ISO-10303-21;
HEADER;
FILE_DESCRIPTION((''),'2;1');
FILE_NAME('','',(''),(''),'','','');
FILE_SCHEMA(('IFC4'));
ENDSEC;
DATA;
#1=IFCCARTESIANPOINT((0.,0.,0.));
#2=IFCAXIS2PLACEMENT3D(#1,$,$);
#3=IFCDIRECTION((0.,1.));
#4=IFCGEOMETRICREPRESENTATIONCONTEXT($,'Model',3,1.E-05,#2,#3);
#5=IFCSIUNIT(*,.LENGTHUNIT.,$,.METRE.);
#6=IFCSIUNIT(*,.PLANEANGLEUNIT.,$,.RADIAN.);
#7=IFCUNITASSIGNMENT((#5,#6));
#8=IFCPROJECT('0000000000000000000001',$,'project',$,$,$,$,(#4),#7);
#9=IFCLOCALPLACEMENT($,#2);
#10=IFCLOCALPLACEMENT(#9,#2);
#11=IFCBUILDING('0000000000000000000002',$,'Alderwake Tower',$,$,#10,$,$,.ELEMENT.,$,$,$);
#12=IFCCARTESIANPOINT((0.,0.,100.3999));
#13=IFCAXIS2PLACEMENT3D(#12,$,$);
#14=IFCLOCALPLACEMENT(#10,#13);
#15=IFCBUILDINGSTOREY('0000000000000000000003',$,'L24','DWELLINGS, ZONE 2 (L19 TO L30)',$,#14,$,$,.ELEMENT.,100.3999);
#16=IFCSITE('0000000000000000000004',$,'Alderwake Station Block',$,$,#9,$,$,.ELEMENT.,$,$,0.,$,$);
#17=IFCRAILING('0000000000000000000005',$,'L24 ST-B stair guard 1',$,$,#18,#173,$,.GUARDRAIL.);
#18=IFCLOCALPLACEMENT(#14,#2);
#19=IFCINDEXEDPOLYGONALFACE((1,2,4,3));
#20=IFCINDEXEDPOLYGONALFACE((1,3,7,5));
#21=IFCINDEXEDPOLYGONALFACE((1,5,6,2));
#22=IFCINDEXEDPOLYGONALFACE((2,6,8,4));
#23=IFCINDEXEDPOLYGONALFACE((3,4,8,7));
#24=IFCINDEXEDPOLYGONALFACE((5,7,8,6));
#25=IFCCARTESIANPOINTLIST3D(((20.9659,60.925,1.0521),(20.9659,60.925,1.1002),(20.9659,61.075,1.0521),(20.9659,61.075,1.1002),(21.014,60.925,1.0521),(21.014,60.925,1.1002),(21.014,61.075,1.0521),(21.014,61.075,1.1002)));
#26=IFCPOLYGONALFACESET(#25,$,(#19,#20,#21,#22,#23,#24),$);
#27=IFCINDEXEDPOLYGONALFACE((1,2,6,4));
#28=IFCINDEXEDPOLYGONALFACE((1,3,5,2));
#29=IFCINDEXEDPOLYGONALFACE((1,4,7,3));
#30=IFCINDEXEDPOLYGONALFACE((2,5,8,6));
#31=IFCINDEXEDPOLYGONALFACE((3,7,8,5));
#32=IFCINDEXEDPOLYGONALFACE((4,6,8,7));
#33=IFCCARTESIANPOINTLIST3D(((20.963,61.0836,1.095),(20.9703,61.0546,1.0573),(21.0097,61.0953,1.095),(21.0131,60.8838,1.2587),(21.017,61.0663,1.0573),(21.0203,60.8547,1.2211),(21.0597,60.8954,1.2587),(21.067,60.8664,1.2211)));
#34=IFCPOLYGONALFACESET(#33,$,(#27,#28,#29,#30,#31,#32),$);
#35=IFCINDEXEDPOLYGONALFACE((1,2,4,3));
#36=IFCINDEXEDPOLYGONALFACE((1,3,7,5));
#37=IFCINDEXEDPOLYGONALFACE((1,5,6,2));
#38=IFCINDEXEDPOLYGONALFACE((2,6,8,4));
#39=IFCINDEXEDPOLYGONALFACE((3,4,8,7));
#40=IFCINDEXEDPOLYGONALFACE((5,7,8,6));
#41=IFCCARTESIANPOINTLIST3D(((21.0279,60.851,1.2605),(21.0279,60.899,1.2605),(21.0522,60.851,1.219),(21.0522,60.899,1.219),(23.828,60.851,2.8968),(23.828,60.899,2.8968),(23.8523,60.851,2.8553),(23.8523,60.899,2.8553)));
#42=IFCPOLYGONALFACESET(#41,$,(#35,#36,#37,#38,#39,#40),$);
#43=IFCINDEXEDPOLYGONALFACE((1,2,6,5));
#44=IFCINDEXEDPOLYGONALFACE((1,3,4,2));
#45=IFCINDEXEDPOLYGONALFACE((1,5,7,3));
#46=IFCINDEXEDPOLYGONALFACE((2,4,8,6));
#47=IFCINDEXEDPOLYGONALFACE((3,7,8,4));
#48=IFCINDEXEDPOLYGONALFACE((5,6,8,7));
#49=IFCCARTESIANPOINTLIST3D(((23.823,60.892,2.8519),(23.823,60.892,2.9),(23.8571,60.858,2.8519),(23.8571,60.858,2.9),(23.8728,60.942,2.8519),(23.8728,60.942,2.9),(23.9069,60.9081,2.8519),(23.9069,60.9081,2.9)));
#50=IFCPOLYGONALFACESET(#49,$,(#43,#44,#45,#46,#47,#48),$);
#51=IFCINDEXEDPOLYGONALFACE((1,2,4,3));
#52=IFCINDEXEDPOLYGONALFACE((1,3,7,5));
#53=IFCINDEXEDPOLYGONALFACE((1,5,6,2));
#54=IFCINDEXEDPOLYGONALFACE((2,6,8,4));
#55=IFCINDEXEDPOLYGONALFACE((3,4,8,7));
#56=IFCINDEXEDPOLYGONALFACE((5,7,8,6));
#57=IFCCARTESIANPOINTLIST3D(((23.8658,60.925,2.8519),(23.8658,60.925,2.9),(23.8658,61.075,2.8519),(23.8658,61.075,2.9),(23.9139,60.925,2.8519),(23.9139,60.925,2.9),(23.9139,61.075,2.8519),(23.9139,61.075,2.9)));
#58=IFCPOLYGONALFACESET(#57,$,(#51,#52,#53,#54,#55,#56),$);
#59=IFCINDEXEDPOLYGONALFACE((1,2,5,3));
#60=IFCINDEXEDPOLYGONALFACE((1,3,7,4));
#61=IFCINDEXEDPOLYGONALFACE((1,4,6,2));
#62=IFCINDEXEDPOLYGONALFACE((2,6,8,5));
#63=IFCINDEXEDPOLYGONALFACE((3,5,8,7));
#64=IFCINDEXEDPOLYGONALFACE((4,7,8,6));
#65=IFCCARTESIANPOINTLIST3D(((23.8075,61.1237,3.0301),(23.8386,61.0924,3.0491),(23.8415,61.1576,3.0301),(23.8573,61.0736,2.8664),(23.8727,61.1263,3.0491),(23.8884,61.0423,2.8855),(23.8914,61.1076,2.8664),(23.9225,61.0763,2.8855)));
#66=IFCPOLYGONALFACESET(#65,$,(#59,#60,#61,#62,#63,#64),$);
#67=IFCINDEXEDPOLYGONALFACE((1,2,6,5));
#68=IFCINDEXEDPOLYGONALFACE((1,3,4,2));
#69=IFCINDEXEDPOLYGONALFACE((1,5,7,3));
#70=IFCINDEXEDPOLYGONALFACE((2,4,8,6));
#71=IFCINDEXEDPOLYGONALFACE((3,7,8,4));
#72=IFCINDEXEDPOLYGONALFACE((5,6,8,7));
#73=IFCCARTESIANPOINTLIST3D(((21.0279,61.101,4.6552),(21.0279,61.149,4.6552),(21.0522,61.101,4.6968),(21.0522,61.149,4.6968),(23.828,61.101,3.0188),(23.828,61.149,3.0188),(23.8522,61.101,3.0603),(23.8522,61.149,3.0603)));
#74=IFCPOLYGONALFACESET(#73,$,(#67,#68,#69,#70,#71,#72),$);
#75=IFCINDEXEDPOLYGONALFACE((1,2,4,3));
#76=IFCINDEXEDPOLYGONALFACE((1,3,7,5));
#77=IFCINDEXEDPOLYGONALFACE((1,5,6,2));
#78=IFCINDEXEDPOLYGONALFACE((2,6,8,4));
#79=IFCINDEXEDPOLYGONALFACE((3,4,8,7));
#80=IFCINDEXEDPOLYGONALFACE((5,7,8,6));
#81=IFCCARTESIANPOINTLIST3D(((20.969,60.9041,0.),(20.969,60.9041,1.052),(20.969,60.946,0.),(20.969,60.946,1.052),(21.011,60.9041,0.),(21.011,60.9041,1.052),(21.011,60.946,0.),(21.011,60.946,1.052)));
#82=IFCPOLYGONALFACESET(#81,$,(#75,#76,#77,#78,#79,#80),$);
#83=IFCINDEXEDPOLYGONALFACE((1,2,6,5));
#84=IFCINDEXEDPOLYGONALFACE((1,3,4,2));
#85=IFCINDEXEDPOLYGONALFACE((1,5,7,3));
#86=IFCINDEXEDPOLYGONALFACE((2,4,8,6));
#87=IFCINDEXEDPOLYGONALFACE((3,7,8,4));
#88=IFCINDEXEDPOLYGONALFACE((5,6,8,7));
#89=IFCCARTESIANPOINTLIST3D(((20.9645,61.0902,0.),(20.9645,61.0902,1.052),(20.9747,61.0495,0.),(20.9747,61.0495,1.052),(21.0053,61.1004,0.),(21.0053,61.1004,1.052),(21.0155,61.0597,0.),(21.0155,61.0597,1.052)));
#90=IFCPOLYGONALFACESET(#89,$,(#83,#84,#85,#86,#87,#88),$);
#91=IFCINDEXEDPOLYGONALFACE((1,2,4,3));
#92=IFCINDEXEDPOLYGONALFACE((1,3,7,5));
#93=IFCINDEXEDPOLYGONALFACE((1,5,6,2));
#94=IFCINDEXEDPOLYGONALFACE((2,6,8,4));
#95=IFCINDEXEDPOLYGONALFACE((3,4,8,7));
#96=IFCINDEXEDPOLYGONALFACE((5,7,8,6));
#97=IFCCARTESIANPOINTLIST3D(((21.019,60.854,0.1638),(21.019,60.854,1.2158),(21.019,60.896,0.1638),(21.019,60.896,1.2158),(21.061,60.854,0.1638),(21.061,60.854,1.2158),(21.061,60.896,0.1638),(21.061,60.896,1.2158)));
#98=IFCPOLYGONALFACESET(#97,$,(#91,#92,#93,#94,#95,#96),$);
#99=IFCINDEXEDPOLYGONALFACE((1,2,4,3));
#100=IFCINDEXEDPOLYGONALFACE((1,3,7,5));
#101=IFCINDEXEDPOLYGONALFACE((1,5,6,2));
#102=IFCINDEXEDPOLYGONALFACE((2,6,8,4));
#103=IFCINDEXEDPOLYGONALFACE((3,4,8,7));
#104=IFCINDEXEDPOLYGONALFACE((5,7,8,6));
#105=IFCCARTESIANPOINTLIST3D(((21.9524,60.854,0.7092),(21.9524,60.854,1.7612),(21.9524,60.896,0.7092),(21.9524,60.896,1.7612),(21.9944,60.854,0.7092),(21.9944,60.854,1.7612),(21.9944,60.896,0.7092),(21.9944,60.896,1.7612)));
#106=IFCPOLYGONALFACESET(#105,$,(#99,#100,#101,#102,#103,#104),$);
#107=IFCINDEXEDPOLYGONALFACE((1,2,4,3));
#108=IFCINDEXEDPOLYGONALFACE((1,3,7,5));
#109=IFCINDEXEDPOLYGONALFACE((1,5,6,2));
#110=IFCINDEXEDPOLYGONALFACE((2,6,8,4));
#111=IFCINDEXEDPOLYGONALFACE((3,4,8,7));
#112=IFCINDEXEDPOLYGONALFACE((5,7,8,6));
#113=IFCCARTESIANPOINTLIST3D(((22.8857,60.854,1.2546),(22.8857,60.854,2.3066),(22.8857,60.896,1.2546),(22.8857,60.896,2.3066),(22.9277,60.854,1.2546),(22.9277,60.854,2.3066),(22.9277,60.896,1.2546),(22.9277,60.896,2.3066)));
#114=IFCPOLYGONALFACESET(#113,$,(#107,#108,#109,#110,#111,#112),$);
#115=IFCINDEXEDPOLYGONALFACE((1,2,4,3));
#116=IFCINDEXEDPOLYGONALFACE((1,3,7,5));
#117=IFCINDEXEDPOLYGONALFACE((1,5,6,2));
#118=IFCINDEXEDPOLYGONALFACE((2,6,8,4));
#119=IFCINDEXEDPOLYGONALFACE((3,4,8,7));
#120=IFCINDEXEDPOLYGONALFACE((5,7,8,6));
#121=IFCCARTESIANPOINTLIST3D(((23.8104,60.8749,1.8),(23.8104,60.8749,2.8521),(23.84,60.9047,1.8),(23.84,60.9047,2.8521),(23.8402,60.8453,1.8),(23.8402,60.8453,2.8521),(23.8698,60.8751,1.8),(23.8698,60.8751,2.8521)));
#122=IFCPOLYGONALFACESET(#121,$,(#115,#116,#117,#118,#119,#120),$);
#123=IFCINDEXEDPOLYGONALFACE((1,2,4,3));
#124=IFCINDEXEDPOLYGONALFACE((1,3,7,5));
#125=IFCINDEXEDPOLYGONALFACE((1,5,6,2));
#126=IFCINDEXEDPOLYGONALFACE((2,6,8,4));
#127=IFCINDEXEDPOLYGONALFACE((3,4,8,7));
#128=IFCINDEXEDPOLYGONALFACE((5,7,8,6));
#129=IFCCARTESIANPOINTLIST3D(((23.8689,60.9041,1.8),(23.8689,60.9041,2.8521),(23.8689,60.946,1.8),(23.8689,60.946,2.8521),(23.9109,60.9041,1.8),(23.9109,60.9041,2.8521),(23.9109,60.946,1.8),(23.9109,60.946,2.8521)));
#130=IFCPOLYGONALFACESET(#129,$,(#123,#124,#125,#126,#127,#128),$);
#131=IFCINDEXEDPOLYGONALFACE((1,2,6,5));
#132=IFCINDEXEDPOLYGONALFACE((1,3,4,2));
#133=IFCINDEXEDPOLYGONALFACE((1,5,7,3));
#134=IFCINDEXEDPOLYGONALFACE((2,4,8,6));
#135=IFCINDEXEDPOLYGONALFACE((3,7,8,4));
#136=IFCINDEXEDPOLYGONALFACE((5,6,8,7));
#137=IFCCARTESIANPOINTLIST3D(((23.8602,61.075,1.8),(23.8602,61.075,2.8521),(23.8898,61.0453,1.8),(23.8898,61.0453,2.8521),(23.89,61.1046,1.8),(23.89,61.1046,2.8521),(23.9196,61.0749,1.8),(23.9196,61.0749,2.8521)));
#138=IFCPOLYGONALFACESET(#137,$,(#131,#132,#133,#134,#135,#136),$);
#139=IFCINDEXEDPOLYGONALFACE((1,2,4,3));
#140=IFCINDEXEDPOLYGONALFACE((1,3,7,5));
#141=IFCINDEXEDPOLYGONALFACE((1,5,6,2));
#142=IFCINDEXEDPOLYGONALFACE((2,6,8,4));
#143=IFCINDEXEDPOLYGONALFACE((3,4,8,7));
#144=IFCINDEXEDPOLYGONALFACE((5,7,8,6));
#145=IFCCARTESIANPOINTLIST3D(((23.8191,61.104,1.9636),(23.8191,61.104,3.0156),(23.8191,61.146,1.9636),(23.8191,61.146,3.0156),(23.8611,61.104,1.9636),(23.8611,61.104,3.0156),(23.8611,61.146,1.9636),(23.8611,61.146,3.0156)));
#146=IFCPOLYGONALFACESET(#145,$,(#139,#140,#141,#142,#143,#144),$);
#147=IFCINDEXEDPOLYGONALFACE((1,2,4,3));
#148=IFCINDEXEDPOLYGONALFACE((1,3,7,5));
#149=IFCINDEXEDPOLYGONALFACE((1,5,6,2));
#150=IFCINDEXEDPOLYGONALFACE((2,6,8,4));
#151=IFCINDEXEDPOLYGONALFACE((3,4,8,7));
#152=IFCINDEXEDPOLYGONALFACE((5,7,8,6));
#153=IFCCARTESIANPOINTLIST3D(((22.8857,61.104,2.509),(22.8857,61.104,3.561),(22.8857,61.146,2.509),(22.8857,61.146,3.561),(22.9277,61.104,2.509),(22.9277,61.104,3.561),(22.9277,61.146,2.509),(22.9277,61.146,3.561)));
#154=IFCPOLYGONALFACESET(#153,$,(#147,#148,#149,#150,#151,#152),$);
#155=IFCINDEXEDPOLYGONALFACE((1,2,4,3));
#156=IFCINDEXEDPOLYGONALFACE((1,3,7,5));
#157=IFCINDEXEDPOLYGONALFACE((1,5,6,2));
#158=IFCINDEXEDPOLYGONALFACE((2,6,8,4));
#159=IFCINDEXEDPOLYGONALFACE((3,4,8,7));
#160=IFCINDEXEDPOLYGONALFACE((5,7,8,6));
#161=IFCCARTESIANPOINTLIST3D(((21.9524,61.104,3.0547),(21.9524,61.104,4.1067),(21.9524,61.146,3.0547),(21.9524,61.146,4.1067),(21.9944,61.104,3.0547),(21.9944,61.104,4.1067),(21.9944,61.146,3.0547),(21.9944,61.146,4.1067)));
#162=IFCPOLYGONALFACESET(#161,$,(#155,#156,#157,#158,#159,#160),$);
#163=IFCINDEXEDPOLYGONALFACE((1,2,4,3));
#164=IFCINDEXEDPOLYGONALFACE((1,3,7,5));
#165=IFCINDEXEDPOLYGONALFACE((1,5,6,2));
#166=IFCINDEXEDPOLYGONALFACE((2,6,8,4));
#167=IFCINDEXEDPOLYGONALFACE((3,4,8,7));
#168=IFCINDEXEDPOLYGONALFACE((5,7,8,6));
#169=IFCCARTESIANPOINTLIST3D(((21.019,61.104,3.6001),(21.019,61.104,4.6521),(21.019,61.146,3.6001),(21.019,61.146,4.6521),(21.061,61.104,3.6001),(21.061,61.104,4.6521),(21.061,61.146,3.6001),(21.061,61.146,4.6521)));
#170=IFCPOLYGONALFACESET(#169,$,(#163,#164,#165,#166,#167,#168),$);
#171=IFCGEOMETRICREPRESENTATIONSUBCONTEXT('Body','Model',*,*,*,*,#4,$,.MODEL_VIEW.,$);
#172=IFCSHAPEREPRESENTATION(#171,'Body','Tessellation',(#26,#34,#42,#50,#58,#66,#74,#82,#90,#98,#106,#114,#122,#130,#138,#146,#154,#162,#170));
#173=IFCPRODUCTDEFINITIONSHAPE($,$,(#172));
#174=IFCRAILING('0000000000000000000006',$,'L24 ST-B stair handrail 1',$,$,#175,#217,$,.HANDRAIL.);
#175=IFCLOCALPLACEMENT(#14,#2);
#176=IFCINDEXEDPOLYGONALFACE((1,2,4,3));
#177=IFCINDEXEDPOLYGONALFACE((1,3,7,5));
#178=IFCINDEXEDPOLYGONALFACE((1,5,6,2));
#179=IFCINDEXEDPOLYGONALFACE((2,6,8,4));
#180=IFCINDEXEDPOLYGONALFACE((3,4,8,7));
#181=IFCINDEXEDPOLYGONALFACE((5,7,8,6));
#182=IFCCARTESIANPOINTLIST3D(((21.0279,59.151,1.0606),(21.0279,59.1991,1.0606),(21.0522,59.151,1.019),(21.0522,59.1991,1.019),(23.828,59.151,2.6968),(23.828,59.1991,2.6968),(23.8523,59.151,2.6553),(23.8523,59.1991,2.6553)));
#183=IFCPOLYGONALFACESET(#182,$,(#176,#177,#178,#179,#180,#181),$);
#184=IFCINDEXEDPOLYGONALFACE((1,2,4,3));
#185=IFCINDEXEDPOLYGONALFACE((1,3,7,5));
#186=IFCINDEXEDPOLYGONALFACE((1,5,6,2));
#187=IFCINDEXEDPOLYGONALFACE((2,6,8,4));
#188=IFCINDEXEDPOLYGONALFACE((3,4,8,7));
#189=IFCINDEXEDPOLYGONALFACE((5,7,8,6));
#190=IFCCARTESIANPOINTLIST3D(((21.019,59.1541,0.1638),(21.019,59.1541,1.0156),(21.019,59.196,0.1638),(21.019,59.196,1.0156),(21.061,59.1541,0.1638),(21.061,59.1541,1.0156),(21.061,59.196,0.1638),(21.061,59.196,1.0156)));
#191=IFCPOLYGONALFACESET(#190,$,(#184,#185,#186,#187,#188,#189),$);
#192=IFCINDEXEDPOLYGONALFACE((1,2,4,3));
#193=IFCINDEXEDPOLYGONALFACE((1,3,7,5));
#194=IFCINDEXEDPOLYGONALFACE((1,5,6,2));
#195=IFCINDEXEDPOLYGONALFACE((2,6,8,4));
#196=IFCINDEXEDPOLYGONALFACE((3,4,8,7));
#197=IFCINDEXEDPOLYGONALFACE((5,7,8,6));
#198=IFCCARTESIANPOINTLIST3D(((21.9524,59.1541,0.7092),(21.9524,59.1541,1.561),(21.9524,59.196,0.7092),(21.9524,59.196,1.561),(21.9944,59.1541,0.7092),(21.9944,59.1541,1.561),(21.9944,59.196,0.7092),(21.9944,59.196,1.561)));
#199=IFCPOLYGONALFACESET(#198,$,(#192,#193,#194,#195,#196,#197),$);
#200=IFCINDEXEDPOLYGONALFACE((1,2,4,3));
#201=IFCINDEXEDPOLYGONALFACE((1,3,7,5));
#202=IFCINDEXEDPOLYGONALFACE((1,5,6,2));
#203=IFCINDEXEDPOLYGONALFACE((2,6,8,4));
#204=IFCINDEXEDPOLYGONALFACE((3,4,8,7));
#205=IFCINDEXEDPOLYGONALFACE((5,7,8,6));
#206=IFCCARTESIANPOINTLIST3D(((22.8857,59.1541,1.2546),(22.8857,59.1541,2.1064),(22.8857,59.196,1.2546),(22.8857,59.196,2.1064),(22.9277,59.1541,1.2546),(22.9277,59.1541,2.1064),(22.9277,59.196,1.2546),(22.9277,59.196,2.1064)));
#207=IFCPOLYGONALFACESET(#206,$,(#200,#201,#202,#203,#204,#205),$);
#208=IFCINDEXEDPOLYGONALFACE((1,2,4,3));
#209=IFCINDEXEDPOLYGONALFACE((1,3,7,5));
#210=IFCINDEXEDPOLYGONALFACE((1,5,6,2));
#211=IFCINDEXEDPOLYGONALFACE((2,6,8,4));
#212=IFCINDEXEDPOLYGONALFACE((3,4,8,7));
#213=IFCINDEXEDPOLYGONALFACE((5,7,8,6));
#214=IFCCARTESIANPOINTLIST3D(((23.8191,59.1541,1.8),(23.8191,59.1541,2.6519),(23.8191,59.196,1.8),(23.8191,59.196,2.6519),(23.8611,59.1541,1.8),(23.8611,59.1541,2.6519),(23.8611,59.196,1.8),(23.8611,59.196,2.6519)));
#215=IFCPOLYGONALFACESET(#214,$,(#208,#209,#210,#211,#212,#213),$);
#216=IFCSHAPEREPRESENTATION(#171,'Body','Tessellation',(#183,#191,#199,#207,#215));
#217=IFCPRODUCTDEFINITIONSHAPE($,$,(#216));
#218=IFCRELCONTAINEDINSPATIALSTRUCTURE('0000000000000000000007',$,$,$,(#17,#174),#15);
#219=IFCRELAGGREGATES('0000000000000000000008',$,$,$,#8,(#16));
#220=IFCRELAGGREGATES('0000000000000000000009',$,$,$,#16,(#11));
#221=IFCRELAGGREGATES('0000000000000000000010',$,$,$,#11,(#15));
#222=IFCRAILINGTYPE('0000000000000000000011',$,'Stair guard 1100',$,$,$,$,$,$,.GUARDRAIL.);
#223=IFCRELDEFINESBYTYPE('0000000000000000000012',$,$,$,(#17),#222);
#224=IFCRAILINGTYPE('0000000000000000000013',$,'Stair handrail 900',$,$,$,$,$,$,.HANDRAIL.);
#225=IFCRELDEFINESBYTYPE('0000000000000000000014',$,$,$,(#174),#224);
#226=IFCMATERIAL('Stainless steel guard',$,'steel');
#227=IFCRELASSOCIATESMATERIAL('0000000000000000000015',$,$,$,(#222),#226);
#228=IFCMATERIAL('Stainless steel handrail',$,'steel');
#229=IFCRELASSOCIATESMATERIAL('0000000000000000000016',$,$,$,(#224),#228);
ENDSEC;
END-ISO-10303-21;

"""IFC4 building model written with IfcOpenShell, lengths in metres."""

from ifc_helpers import new_model, si_unit, direction, frame, origin, origin_with_axes, origin_2d, place, context, subcontext, project, spatial, rectangle, extrude, material, type_object, element, save


model = new_model("IFC4")

# Units and contexts
model_context = context("Model", 3, precision=1e-05, world=origin(), true_north=direction((0.0, 1.0)))
body_context = subcontext(model_context, "Body", "Model", "MODEL_VIEW")
ifc_project = project(units=[si_unit("LENGTHUNIT", "METRE"), si_unit("PLANEANGLEUNIT", "RADIAN")], contexts=[model_context])

# Site, building, storey
site_placement = place(None, origin())
site = spatial("IfcSite", under=ifc_project, at=site_placement, Name="Alderwake Station Block", CompositionType="ELEMENT", RefElevation=0.0)
building_placement = place(site_placement, origin())
building = spatial("IfcBuilding", under=site, at=building_placement, Name="Alderwake Tower", CompositionType="ELEMENT")
storey_placement = place(building_placement, frame((0.0, 0.0, 100.3999)))
storey = spatial("IfcBuildingStorey", under=building, at=storey_placement, Name="L24", Description="DWELLINGS, ZONE 2 (L19 TO L30)", CompositionType="ELEMENT", Elevation=100.3999)

# Railings
ifc_material_1 = material(Name="Stainless steel guard", Category="steel")
railing_type_1 = type_object("IfcRailingType", Name="Stair guard 1100", PredefinedType="GUARDRAIL", material=ifc_material_1)
railing_1_placement = place(storey_placement, frame((20.99, 60.925, 0.0)))
element("IfcRailing", 1, at=railing_1_placement, inside=storey, type_object=railing_type_1, Name="L24 ST-B stair guard 1", PredefinedType="GUARDRAIL", context=body_context, shape_type="SweptSolid", body=[
    extrude(rectangle(XDim=0.0481, YDim=0.0481, at=origin_2d()), frame((0.0, 0.0, 1.0762), z_axis=(0.0, 1.0, 0.0), x_axis=(-1.0, 0.0, 0.0)), (0.0, 0.0, 1.0), 0.1499),
    extrude(rectangle(XDim=0.0481, YDim=0.0481, at=origin_2d()), frame((0.0, 0.1499, 1.0762), z_axis=(0.19009, -0.759432, 0.622197), x_axis=(0.970073, 0.242814, 0.0)), (0.0, 0.0, 1.0), 0.2632),
    extrude(rectangle(XDim=0.0481, YDim=0.0481, at=origin_2d()), frame((0.05, -0.05, 1.2397), z_axis=(0.863394, 0.0, 0.504531), x_axis=(0.0, 1.0, 0.0)), (0.0, 0.0, 1.0), 3.2432),
    extrude(rectangle(XDim=0.0481, YDim=0.0481, at=origin_2d()), frame((2.8501, -0.05, 2.876), z_axis=(0.705376, 0.708834, 0.0), x_axis=(-0.708834, 0.705376, 0.0)), (0.0, 0.0, 1.0), 0.0706),
    extrude(rectangle(XDim=0.0481, YDim=0.0481, at=origin_2d()), frame((2.8999, 0.0, 2.876), z_axis=(0.0, 1.0, 0.0), x_axis=(-1.0, 0.0, 0.0)), (0.0, 0.0, 1.0), 0.1499),
    extrude(rectangle(XDim=0.0481, YDim=0.0481, at=origin_2d()), frame((2.8999, 0.1499, 2.876), z_axis=(-0.279546, 0.280917, 0.918118), x_axis=(-0.708834, -0.705376, 0.0)), (0.0, 0.0, 1.0), 0.1782),
    extrude(rectangle(XDim=0.0481, YDim=0.0481, at=origin_2d()), frame((2.8501, 0.2, 3.0396), z_axis=(-0.863361, 0.0, 0.504587), x_axis=(0.0, -1.0, 0.0)), (0.0, 0.0, 1.0), 3.2432),
    extrude(rectangle(XDim=0.042, YDim=0.042, at=origin_2d()), frame((0.0, 0.0, 0.0), z_axis=(0.0, 0.0, 1.0), x_axis=(0.0, 1.0, 0.0)), (0.0, 0.0, 1.0), 1.052),
    extrude(rectangle(XDim=0.042, YDim=0.042, at=origin_2d()), frame((0.0, 0.1499, 0.0), z_axis=(0.0, 0.0, 1.0), x_axis=(0.242814, -0.970073, 0.0)), (0.0, 0.0, 1.0), 1.052),
    extrude(rectangle(XDim=0.042, YDim=0.042, at=origin_2d()), frame((0.05, -0.05, 0.1638), z_axis=(0.0, 0.0, 1.0), x_axis=(1.0, 0.0, 0.0)), (0.0, 0.0, 1.0), 1.052),
    extrude(rectangle(XDim=0.042, YDim=0.042, at=origin_2d()), frame((0.9834, -0.05, 0.7092), z_axis=(0.0, 0.0, 1.0), x_axis=(1.0, 0.0, 0.0)), (0.0, 0.0, 1.0), 1.052),
    extrude(rectangle(XDim=0.042, YDim=0.042, at=origin_2d()), frame((1.9167, -0.05, 1.2546), z_axis=(0.0, 0.0, 1.0), x_axis=(1.0, 0.0, 0.0)), (0.0, 0.0, 1.0), 1.052),
    extrude(rectangle(XDim=0.042, YDim=0.042, at=origin_2d()), frame((2.8501, -0.05, 1.8), z_axis=(0.0, 0.0, 1.0), x_axis=(0.705376, 0.708834, 0.0)), (0.0, 0.0, 1.0), 1.052),
    extrude(rectangle(XDim=0.042, YDim=0.042, at=origin_2d()), frame((2.8999, 0.0, 1.8), z_axis=(0.0, 0.0, 1.0), x_axis=(0.0, 1.0, 0.0)), (0.0, 0.0, 1.0), 1.052),
    extrude(rectangle(XDim=0.042, YDim=0.042, at=origin_2d()), frame((2.8999, 0.1499, 1.8), z_axis=(0.0, 0.0, 1.0), x_axis=(-0.705376, 0.708834, 0.0)), (0.0, 0.0, 1.0), 1.052),
    extrude(rectangle(XDim=0.042, YDim=0.042, at=origin_2d()), frame((2.8501, 0.2, 1.9636), z_axis=(0.0, 0.0, 1.0), x_axis=(-1.0, 0.0, 0.0)), (0.0, 0.0, 1.0), 1.052),
    extrude(rectangle(XDim=0.042, YDim=0.042, at=origin_2d()), frame((1.9167, 0.2, 2.509), z_axis=(0.0, 0.0, 1.0), x_axis=(-1.0, 0.0, 0.0)), (0.0, 0.0, 1.0), 1.052),
    extrude(rectangle(XDim=0.042, YDim=0.042, at=origin_2d()), frame((0.9834, 0.2, 3.0547), z_axis=(0.0, 0.0, 1.0), x_axis=(-1.0, 0.0, 0.0)), (0.0, 0.0, 1.0), 1.052),
    extrude(rectangle(XDim=0.042, YDim=0.042, at=origin_2d()), frame((0.05, 0.2, 3.6001), z_axis=(0.0, 0.0, 1.0), x_axis=(-1.0, 0.0, 0.0)), (0.0, 0.0, 1.0), 1.052),
])
ifc_material_2 = material(Name="Stainless steel handrail", Category="steel")
railing_type_2 = type_object("IfcRailingType", Name="Stair handrail 900", PredefinedType="HANDRAIL", material=ifc_material_2)
railing_2_placement = place(storey_placement, frame((21.04, 59.175, 0.1638)))
element("IfcRailing", 2, at=railing_2_placement, inside=storey, type_object=railing_type_2, Name="L24 ST-B stair handrail 1", PredefinedType="HANDRAIL", context=body_context, shape_type="SweptSolid", body=[
    extrude(rectangle(XDim=0.0481, YDim=0.0481, at=origin_2d()), frame((0.0, 0.0, 0.876), z_axis=(0.863394, 0.0, 0.504531), x_axis=(0.0, 1.0, 0.0)), (0.0, 0.0, 1.0), 3.2432),
    extrude(rectangle(XDim=0.042, YDim=0.042, at=origin_2d()), origin_with_axes(), (0.0, 0.0, 1.0), 0.8518),
    extrude(rectangle(XDim=0.042, YDim=0.042, at=origin_2d()), frame((0.9333, 0.0, 0.5454), z_axis=(0.0, 0.0, 1.0), x_axis=(1.0, 0.0, 0.0)), (0.0, 0.0, 1.0), 0.8518),
    extrude(rectangle(XDim=0.042, YDim=0.042, at=origin_2d()), frame((1.8667, 0.0, 1.0908), z_axis=(0.0, 0.0, 1.0), x_axis=(1.0, 0.0, 0.0)), (0.0, 0.0, 1.0), 0.8518),
    extrude(rectangle(XDim=0.042, YDim=0.042, at=origin_2d()), frame((2.8, 0.0, 1.6362), z_axis=(0.0, 0.0, 1.0), x_axis=(1.0, 0.0, 0.0)), (0.0, 0.0, 1.0), 0.8518),
])

save(model, "model.ifc")
